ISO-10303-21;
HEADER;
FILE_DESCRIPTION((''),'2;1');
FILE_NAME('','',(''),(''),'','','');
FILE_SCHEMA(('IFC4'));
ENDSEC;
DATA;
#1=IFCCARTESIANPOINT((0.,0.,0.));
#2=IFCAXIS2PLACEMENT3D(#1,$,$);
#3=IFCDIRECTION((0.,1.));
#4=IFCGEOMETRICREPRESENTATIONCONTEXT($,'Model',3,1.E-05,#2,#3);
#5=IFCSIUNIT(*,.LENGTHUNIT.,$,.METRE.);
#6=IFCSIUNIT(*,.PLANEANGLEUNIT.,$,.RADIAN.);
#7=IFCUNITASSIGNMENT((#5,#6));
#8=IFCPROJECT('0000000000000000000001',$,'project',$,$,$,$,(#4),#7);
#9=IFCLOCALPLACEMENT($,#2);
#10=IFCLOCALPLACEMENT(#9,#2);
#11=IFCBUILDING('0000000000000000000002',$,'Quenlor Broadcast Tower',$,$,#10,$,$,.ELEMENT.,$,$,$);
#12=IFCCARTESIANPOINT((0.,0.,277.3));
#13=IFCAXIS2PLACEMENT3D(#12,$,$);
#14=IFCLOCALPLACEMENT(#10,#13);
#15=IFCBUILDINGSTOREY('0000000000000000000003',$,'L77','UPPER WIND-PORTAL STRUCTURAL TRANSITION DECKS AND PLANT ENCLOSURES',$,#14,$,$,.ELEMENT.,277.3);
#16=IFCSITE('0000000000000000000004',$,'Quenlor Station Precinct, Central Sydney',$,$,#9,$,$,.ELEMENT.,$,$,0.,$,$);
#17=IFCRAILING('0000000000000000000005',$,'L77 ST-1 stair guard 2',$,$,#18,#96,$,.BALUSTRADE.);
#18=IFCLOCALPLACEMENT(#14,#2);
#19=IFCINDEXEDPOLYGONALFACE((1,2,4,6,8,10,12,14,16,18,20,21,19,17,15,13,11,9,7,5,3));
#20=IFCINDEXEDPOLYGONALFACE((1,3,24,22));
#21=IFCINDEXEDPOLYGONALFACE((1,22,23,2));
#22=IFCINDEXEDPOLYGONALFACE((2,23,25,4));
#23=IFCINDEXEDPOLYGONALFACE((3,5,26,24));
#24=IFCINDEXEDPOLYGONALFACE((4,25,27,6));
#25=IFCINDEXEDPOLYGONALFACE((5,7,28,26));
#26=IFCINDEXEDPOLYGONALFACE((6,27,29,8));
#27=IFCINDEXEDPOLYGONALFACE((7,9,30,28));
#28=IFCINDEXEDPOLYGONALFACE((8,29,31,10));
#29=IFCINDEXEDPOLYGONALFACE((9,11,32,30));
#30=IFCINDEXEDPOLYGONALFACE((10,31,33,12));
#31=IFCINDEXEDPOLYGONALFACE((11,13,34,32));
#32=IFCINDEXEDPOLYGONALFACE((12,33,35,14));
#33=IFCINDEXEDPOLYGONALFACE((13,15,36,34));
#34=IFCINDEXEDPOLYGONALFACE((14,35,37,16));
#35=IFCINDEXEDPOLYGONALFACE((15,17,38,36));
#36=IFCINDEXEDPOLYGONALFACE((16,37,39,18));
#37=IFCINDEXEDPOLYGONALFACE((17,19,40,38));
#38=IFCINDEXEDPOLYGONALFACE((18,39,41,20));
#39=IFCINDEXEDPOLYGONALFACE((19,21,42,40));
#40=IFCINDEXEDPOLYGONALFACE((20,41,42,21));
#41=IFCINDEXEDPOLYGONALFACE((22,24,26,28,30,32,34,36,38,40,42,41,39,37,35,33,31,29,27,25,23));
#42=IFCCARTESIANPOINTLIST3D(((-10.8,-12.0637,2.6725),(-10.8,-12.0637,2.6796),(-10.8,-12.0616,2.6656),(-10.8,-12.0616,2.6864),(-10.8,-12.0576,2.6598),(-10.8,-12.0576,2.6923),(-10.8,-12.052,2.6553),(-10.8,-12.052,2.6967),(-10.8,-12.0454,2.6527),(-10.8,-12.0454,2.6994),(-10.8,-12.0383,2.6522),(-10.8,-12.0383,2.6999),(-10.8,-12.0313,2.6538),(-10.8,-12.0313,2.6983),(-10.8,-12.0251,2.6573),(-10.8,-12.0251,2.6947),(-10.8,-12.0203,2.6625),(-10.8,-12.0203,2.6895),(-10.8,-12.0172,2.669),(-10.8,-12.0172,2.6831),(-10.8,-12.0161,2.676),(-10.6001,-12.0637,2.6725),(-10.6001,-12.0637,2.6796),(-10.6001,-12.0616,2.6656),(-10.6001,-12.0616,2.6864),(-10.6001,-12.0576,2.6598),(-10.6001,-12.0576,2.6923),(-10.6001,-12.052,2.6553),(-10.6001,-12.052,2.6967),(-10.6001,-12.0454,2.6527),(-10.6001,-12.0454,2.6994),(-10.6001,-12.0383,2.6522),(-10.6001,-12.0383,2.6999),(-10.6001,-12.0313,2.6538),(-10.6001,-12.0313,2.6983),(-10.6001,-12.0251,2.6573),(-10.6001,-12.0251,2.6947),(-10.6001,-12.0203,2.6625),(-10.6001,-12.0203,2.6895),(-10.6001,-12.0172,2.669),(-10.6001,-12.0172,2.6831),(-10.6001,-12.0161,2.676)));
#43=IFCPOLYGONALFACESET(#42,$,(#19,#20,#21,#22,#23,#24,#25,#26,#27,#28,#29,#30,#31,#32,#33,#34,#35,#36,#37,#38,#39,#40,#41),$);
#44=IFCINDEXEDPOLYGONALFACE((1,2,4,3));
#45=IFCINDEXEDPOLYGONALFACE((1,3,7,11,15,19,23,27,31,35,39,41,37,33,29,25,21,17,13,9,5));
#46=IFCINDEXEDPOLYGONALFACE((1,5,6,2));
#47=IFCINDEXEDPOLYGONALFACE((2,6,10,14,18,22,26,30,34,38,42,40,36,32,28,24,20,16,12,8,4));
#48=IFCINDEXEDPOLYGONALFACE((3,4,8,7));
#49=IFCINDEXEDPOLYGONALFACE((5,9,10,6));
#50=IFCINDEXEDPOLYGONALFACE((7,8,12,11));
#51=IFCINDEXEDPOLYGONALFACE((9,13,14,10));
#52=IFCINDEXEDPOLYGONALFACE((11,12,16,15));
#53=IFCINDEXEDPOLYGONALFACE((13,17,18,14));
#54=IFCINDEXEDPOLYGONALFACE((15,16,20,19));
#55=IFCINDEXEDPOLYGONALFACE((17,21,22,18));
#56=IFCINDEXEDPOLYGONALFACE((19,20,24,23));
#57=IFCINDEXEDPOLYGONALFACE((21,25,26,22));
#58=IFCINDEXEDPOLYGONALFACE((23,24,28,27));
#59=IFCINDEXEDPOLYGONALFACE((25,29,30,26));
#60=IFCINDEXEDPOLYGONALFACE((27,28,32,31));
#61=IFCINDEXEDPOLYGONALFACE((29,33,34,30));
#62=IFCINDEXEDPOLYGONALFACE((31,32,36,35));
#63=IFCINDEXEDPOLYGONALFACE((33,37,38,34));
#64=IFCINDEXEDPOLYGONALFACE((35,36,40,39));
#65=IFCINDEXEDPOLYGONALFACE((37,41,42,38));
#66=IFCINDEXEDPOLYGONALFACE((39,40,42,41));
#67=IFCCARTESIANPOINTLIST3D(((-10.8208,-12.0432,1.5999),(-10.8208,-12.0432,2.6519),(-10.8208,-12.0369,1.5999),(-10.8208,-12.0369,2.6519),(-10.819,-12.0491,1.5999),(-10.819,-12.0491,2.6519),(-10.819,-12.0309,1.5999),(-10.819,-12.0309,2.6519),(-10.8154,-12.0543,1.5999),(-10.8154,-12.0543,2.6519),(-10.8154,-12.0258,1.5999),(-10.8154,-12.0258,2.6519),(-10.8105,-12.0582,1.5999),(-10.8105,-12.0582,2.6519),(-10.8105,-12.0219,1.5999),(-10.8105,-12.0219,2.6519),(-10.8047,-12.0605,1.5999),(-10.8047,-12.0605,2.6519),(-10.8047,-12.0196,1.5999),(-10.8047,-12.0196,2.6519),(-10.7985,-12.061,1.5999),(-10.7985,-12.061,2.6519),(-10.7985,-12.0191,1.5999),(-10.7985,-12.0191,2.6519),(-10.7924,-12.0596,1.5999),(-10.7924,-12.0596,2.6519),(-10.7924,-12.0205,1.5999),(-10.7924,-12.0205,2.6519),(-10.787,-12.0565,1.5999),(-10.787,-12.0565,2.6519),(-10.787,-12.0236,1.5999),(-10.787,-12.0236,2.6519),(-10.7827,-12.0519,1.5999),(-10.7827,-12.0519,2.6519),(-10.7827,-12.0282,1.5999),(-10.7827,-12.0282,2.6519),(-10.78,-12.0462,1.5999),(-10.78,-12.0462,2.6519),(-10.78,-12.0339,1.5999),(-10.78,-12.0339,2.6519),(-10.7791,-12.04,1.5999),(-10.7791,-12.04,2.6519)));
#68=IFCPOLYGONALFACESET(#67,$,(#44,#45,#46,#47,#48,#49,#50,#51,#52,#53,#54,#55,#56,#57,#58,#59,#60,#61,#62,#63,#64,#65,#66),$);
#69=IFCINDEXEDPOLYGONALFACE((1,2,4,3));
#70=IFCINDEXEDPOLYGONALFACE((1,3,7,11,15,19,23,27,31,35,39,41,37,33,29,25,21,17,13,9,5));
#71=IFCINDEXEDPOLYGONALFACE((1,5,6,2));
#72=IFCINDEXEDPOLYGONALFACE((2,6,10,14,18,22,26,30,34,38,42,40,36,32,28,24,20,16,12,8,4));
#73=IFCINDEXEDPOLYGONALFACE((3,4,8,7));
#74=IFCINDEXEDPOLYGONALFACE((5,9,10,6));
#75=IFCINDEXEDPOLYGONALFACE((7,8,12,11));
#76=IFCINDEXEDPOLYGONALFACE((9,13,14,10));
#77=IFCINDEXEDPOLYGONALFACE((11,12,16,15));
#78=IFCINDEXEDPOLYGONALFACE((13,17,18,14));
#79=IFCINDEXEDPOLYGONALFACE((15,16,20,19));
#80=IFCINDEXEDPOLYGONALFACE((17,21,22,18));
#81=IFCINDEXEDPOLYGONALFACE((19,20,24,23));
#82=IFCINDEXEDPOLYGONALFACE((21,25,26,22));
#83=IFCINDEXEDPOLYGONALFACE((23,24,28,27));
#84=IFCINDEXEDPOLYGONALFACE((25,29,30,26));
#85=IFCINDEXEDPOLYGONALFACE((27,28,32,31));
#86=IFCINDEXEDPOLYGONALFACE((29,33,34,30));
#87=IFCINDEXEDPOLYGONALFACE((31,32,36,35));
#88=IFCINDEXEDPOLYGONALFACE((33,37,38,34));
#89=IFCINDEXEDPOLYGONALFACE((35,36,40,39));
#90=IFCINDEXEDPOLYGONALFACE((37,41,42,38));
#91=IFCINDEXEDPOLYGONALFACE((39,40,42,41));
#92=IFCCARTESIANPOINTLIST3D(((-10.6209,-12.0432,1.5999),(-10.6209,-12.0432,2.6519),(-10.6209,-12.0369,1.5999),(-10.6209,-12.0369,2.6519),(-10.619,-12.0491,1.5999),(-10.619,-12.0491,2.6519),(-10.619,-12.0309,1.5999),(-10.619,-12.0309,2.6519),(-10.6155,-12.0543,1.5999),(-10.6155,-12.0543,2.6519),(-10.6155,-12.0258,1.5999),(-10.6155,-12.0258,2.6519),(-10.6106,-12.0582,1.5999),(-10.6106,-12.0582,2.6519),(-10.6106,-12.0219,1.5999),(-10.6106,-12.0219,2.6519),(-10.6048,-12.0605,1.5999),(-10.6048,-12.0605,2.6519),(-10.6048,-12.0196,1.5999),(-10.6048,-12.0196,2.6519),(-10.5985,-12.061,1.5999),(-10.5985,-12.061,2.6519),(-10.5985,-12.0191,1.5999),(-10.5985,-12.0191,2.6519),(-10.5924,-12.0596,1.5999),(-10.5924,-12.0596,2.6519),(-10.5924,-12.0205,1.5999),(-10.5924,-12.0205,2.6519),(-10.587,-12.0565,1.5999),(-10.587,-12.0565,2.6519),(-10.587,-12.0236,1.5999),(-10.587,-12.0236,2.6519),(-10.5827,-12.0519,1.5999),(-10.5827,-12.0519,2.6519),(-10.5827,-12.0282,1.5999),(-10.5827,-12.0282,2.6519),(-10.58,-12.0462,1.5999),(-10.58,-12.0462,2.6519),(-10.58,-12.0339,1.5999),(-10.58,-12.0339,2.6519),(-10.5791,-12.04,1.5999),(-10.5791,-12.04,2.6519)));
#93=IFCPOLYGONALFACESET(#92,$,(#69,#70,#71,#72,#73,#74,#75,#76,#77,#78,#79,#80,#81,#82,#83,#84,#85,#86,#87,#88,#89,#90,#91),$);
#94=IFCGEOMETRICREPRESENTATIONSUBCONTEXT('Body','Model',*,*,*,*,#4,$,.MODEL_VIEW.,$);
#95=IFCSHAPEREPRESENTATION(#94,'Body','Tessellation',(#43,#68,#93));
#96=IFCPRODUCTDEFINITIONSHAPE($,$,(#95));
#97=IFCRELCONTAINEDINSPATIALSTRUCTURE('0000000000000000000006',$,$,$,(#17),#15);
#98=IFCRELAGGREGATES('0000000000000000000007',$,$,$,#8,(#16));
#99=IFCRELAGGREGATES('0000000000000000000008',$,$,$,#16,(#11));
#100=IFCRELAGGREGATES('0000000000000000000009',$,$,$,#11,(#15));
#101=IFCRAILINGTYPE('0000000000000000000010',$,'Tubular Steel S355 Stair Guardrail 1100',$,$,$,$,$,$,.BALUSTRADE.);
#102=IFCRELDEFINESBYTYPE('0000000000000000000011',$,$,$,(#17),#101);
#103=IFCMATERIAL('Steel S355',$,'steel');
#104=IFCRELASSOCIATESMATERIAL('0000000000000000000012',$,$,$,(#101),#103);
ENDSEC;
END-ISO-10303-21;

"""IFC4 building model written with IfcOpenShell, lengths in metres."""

from ifc_helpers import new_model, si_unit, direction, frame, origin, origin_2d, place, context, subcontext, project, spatial, circle, extrude, material, type_object, element, save


model = new_model("IFC4")

# Units and contexts
model_context = context("Model", 3, precision=1e-05, world=origin(), true_north=direction((0.0, 1.0)))
body_context = subcontext(model_context, "Body", "Model", "MODEL_VIEW")
ifc_project = project(units=[si_unit("LENGTHUNIT", "METRE"), si_unit("PLANEANGLEUNIT", "RADIAN")], contexts=[model_context])

# Site, building, storey
site_placement = place(None, origin())
site = spatial("IfcSite", under=ifc_project, at=site_placement, Name="Quenlor Station Precinct, Central Sydney", CompositionType="ELEMENT", RefElevation=0.0)
building_placement = place(site_placement, origin())
building = spatial("IfcBuilding", under=site, at=building_placement, Name="Quenlor Broadcast Tower", CompositionType="ELEMENT")
storey_placement = place(building_placement, frame((0.0, 0.0, 277.3)))
storey = spatial("IfcBuildingStorey", under=building, at=storey_placement, Name="L77", Description="UPPER WIND-PORTAL STRUCTURAL TRANSITION DECKS AND PLANT ENCLOSURES", CompositionType="ELEMENT", Elevation=277.3)

# Railing
ifc_material_1 = material(Name="Steel S355", Category="steel")
railing_type_1 = type_object("IfcRailingType", Name="Tubular Steel S355 Stair Guardrail 1100", PredefinedType="BALUSTRADE", material=ifc_material_1)
railing_1_placement = place(storey_placement, frame((-10.8, -12.04, 1.5999)))
element("IfcRailing", 1, at=railing_1_placement, inside=storey, type_object=railing_type_1, Name="L77 ST-1 stair guard 2", PredefinedType="BALUSTRADE", context=body_context, shape_type="SweptSolid", body=[
    extrude(circle(Radius=0.0239, at=origin_2d()), frame((0.0, 0.0, 1.0762), z_axis=(1.0, 0.0, 0.0), x_axis=(0.0, 1.0, 0.0)), (0.0, 0.0, 1.0), 0.2),
    extrude(circle(Radius=0.021, at=origin_2d()), origin(), (0.0, 0.0, 1.0), 1.052),
    extrude(circle(Radius=0.021, at=origin_2d()), frame((0.2, 0.0, 0.0)), (0.0, 0.0, 1.0), 1.052),
])

save(model, "model.ifc")
